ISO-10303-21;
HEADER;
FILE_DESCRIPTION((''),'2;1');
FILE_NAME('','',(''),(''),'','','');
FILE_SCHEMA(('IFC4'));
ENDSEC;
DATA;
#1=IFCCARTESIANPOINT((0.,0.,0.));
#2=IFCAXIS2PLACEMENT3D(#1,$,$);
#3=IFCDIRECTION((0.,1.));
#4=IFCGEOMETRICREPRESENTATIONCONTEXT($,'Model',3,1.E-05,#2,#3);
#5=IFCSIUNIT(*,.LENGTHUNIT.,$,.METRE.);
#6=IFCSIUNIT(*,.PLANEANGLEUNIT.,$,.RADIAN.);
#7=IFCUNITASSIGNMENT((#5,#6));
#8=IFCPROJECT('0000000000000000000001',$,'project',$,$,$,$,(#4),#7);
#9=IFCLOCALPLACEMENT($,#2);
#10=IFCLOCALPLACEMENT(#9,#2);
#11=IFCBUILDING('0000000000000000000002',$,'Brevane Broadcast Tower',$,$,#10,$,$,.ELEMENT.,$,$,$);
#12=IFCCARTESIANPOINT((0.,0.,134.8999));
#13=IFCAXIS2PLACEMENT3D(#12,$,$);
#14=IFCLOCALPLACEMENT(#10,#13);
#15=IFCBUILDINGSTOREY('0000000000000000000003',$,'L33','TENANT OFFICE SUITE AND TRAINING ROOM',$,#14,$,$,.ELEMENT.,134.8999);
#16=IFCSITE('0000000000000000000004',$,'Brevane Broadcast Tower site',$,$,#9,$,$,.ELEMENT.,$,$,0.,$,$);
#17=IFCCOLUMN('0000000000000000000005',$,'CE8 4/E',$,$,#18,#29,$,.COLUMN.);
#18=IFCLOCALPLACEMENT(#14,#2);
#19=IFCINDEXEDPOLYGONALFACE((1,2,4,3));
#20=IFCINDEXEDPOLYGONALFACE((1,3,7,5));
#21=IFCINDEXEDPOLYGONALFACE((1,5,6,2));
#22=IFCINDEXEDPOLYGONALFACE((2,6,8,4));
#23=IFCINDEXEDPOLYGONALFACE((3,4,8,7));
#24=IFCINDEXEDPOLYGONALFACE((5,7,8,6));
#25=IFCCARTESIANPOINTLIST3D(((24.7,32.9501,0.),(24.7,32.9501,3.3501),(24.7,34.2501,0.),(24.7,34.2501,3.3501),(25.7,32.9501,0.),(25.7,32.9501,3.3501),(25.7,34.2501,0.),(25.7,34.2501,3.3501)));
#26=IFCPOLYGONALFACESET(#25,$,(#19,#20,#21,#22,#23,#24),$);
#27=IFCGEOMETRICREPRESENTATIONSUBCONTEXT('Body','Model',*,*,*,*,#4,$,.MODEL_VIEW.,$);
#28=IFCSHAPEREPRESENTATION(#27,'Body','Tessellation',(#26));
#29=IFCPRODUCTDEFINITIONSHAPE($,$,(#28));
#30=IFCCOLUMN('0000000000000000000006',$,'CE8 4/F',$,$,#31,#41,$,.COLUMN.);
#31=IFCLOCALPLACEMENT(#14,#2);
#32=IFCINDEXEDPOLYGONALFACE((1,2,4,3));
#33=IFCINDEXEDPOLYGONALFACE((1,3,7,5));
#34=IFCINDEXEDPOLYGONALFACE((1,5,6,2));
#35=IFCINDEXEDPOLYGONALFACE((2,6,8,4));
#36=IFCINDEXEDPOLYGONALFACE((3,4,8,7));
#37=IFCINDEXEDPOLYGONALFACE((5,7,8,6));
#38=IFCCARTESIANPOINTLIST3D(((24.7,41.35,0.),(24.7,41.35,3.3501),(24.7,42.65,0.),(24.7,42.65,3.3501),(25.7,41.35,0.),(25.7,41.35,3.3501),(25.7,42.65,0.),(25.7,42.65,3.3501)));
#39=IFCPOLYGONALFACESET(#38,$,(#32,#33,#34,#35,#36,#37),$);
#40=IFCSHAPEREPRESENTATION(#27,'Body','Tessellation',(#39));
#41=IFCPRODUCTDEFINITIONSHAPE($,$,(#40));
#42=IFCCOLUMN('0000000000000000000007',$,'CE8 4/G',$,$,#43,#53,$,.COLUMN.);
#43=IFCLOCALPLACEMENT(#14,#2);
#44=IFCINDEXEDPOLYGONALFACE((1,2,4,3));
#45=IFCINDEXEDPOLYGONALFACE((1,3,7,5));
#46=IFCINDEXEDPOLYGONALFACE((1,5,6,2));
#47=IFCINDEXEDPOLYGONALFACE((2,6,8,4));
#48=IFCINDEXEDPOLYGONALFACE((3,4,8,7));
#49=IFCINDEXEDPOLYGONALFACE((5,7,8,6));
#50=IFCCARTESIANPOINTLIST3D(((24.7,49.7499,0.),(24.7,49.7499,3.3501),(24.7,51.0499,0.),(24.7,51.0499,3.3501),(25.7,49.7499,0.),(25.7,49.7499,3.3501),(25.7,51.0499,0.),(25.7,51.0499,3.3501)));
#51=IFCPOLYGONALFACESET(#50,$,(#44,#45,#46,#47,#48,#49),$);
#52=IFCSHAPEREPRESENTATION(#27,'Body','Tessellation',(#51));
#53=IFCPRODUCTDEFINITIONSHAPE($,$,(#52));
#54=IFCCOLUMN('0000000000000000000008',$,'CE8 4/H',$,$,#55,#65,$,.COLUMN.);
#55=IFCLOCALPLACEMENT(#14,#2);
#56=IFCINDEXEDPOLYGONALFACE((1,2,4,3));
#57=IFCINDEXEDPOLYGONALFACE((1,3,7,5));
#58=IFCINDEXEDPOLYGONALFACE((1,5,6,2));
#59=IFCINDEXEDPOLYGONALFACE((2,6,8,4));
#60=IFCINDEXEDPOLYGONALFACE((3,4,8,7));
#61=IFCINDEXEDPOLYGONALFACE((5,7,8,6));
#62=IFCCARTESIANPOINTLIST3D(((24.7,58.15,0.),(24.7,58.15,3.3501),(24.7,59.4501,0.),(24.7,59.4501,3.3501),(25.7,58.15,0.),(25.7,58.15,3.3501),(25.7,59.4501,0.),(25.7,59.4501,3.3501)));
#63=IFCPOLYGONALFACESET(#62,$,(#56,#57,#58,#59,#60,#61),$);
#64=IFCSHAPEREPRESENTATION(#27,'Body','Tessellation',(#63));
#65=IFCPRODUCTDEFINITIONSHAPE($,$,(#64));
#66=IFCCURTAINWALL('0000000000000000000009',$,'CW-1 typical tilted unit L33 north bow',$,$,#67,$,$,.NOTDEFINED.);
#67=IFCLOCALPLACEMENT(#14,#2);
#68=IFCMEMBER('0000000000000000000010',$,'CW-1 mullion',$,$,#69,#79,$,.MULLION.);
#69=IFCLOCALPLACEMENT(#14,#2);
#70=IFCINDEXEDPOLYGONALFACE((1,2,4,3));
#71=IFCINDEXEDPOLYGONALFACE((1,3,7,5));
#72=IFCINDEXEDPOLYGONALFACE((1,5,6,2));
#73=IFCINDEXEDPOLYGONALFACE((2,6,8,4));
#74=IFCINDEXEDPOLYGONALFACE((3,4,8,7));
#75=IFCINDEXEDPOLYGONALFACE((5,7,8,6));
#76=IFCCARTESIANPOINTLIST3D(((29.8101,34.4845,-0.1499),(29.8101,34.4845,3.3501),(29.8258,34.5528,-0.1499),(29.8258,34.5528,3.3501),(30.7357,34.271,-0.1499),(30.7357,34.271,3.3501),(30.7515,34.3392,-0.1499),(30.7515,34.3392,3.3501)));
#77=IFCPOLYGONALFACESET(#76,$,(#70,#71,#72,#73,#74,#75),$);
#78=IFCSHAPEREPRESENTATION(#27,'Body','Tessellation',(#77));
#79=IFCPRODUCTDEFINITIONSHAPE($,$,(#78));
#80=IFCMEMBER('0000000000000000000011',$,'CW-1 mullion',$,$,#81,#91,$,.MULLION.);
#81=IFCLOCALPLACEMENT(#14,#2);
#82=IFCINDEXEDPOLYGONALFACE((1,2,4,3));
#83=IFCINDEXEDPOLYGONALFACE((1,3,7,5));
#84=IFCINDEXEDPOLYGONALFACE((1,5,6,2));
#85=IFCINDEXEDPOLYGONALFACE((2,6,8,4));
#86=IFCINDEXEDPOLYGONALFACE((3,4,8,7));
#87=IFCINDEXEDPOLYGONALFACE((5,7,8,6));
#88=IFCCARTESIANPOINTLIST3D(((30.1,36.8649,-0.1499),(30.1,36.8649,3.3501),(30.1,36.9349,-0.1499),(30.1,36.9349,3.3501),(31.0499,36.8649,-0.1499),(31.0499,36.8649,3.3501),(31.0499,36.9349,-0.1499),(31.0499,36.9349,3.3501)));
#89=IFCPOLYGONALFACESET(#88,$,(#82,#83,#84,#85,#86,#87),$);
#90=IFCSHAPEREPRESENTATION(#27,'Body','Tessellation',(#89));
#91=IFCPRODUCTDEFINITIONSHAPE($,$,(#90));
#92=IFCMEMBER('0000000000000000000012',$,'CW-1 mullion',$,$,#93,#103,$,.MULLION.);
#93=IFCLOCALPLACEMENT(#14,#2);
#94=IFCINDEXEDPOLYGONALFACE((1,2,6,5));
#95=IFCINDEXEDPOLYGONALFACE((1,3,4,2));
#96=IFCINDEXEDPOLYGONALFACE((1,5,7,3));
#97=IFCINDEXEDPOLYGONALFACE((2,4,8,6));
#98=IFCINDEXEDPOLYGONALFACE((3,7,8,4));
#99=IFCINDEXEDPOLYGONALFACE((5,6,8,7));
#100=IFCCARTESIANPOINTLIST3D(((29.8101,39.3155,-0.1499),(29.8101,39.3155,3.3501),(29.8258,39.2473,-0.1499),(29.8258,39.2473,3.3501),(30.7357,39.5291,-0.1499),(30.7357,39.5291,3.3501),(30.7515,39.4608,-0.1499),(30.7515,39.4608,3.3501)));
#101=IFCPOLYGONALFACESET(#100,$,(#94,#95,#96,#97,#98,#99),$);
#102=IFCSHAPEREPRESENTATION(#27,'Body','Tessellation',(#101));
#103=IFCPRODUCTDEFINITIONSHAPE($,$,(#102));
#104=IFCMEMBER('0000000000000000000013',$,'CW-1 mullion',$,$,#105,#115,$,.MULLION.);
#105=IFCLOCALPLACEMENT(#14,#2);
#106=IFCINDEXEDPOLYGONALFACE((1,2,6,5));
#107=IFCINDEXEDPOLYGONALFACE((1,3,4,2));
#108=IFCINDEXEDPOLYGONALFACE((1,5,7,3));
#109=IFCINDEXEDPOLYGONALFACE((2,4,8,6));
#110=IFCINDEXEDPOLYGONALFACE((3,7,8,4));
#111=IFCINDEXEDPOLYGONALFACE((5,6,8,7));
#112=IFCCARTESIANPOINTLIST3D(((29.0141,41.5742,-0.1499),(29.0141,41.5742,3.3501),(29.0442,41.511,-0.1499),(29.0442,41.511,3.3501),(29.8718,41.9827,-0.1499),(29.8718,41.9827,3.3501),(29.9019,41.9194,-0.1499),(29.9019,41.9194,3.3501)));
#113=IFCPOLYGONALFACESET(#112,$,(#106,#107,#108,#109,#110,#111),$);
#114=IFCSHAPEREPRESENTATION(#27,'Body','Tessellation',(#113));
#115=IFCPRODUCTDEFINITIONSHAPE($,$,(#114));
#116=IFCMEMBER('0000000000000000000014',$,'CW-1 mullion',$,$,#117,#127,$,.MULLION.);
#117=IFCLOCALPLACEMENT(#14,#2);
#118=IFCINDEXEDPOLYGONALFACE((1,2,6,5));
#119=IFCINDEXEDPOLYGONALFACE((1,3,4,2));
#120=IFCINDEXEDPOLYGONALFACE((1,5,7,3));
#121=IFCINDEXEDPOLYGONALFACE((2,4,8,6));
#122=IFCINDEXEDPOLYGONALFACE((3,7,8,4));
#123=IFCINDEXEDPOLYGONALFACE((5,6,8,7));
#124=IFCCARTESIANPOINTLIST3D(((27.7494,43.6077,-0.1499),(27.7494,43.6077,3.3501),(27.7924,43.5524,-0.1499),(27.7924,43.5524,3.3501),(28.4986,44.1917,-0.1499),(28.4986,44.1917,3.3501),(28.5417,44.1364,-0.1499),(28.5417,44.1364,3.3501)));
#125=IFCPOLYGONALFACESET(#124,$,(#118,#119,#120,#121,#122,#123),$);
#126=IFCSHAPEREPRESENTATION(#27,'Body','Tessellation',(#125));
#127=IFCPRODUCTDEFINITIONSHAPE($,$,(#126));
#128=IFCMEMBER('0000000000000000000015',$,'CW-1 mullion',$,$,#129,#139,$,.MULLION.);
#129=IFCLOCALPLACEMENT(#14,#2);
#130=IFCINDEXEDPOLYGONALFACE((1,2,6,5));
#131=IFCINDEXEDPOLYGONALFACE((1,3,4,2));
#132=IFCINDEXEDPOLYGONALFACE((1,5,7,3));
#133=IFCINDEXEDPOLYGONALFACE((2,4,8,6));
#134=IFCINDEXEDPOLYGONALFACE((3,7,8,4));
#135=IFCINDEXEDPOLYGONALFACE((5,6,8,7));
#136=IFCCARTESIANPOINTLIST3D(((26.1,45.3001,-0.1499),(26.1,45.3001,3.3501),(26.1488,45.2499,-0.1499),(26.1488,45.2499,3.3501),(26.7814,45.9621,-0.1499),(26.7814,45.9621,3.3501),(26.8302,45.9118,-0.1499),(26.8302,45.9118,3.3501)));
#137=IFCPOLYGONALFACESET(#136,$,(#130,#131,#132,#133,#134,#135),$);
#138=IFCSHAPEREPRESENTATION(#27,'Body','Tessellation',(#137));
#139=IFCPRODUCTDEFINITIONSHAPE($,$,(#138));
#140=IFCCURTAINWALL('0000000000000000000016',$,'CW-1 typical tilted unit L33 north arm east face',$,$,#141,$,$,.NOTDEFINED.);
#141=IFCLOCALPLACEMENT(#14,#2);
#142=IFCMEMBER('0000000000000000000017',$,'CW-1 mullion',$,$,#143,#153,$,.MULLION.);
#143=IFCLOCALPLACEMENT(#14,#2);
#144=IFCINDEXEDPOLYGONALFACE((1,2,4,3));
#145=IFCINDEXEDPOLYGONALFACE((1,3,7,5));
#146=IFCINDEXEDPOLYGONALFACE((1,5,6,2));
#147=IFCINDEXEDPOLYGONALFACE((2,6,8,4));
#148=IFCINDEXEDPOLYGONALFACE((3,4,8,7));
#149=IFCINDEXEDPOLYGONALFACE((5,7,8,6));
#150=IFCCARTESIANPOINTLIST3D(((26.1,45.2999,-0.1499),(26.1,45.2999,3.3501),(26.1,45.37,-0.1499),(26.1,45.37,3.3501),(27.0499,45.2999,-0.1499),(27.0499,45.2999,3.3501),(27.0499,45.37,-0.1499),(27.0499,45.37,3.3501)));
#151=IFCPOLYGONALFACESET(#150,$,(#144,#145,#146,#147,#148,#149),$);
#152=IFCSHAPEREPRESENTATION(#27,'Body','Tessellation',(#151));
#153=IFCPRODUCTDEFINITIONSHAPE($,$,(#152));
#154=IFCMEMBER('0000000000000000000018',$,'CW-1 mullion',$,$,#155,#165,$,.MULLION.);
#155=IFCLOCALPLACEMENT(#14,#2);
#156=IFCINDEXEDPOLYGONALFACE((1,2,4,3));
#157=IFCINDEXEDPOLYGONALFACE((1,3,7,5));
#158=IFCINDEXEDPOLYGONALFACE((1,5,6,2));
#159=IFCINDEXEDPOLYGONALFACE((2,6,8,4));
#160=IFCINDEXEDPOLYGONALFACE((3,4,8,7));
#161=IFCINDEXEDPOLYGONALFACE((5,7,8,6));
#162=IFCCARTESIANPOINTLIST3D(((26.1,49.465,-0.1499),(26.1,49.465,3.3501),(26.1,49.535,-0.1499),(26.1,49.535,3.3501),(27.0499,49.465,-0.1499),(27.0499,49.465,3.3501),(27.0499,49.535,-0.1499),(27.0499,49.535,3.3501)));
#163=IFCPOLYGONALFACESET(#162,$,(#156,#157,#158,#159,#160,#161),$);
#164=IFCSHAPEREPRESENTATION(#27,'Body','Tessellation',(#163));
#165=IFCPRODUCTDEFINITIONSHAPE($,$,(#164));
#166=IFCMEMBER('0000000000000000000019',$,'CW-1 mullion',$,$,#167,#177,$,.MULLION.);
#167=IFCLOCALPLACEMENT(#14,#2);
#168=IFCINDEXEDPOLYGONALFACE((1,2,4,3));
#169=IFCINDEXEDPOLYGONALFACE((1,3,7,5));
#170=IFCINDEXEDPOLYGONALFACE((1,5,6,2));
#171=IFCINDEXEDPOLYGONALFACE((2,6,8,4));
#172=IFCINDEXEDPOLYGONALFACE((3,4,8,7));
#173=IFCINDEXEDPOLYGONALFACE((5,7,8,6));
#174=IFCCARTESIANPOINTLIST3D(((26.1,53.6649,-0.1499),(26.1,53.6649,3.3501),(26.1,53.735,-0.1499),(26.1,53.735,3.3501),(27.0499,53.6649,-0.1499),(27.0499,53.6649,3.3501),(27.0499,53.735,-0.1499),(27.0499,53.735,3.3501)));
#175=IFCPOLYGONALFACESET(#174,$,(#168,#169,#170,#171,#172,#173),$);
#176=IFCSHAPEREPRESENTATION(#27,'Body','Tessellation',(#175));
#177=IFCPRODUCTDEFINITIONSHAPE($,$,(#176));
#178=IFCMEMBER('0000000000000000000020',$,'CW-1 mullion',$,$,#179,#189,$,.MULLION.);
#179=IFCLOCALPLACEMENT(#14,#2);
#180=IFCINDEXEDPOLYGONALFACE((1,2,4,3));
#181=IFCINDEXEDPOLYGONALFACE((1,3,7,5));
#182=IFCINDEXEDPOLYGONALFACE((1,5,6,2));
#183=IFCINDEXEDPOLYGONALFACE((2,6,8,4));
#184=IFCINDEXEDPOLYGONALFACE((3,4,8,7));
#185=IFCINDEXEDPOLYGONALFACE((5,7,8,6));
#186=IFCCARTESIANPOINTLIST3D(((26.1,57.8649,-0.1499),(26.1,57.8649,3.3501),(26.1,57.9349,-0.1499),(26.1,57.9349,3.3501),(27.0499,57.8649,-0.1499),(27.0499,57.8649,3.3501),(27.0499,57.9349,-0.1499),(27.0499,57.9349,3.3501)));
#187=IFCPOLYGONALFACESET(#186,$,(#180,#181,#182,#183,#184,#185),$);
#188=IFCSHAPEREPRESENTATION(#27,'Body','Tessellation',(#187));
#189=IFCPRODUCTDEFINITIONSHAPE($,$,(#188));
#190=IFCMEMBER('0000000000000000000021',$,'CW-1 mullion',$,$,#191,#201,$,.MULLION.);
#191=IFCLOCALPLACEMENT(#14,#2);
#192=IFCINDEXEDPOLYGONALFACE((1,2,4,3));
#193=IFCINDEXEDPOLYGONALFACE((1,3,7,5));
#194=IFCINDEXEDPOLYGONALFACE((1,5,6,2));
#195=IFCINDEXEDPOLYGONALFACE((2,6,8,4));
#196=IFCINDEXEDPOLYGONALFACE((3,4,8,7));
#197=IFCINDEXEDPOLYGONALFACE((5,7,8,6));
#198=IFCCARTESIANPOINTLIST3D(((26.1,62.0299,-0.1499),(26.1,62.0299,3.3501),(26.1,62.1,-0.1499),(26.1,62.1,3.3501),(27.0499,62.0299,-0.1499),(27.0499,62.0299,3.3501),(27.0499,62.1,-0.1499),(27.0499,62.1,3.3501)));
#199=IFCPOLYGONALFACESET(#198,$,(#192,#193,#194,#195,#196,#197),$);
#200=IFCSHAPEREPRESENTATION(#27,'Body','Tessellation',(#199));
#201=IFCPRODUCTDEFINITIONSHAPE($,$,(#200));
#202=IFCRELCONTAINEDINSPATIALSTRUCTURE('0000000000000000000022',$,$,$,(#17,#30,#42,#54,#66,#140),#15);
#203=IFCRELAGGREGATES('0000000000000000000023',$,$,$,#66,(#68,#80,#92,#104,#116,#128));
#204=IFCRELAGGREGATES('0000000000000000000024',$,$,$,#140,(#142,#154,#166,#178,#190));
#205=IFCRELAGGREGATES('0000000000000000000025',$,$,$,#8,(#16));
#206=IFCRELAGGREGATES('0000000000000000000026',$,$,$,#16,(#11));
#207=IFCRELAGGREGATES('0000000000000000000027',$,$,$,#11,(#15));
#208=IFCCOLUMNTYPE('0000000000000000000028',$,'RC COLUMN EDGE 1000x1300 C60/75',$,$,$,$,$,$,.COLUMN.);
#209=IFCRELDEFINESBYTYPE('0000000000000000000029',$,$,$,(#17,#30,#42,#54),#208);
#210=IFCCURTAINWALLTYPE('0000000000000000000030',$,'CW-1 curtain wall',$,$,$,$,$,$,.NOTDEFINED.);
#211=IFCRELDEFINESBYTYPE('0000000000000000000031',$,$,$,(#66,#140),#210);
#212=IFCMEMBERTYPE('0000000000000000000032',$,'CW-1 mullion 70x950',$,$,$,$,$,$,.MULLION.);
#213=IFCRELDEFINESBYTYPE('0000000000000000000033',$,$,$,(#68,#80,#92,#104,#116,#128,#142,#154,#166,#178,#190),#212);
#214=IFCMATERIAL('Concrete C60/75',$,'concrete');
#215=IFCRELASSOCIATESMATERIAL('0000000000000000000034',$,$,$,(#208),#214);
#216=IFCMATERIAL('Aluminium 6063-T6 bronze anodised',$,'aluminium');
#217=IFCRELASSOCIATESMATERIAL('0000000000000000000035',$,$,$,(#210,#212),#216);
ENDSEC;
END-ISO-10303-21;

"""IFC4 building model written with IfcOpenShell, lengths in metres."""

from ifc_helpers import new_model, si_unit, direction, frame, origin, origin_2d, place, context, subcontext, project, spatial, rectangle, extrude, material, material_profile, profile_set, type_object, element, aggregate, save


model = new_model("IFC4")

# Units and contexts
model_context = context("Model", 3, precision=1e-05, world=origin(), true_north=direction((0.0, 1.0)))
body_context = subcontext(model_context, "Body", "Model", "MODEL_VIEW")
ifc_project = project(units=[si_unit("LENGTHUNIT", "METRE"), si_unit("PLANEANGLEUNIT", "RADIAN")], contexts=[model_context])

# Site, building, storey
site_placement = place(None, origin())
site = spatial("IfcSite", under=ifc_project, at=site_placement, Name="Brevane Broadcast Tower site", CompositionType="ELEMENT", RefElevation=0.0)
building_placement = place(site_placement, origin())
building = spatial("IfcBuilding", under=site, at=building_placement, Name="Brevane Broadcast Tower", CompositionType="ELEMENT")
storey_placement = place(building_placement, frame((0.0, 0.0, 134.8999)))
storey = spatial("IfcBuildingStorey", under=building, at=storey_placement, Name="L33", Description="TENANT OFFICE SUITE AND TRAINING ROOM", CompositionType="ELEMENT", Elevation=134.8999)

# Columns
ifc_material_1 = material(Name="Concrete C60/75", Category="concrete")
ifc_material_profile_1 = material_profile(ifc_material_1, rectangle(XDim=1.0, YDim=1.3, at=origin_2d()), Name="RC 1000x1300")
ifc_profile_set_1 = profile_set([ifc_material_profile_1], Name="Concrete C60/75")
column_type = type_object("IfcColumnType", Name="RC COLUMN EDGE 1000x1300 C60/75", PredefinedType="COLUMN", material=ifc_profile_set_1)
for number, where, z_axis, x_axis, name in (
    (1, (25.2, 33.6001, 0.0), (0.0, 0.0, 1.0), (1.0, 0.0, 0.0), "CE8 4/E"),
    (2, (25.2, 42.0, 0.0), (0.0, 0.0, 1.0), (1.0, 0.0, 0.0), "CE8 4/F"),
    (3, (25.2, 50.3999, 0.0), (0.0, 0.0, 1.0), (1.0, 0.0, 0.0), "CE8 4/G"),
    (4, (25.2, 58.8, 0.0), (0.0, 0.0, 1.0), (1.0, 0.0, 0.0), "CE8 4/H"),
):
    element("IfcColumn", number, at=place(storey_placement, frame(where, z_axis=z_axis, x_axis=x_axis)), inside=storey, type_object=column_type, Name=name, PredefinedType="COLUMN", context=body_context, shape_type="SweptSolid", body=[
        extrude(rectangle(XDim=1.0, YDim=1.3, at=origin_2d()), origin(), (0.0, 0.0, 1.0), 3.3501),
    ])

# Curtain walls, members
ifc_material_2 = material(Name="Aluminium 6063-T6 bronze anodised", Category="aluminium")
curtain_wall_type = type_object("IfcCurtainWallType", Name="CW-1 curtain wall", PredefinedType="NOTDEFINED", material=ifc_material_2)
curtain_wall_1_placement = place(storey_placement, origin())
curtain_wall_1 = element("IfcCurtainWall", 5, at=curtain_wall_1_placement, inside=storey, type_object=curtain_wall_type, Name="CW-1 typical tilted unit L33 north bow", PredefinedType="NOTDEFINED")
ifc_material_profile_2 = material_profile(ifc_material_2, rectangle(XDim=0.95, YDim=0.0701, at=origin_2d()), Name="RECT 70x950")
ifc_profile_set_2 = profile_set([ifc_material_profile_2], Name="Aluminium 6063-T6 bronze anodised")
member_type_1 = type_object("IfcMemberType", Name="CW-1 mullion 70x950", PredefinedType="MULLION", material=ifc_profile_set_2)
member_1_placement = place(storey_placement, frame((30.2808, 34.4119, -0.1499), z_axis=(0.0, 0.0, 1.0), x_axis=(-0.974403, 0.224806, 0.0)))
member_1 = element("IfcMember", 6, at=member_1_placement, type_object=member_type_1, Name="CW-1 mullion", PredefinedType="MULLION", context=body_context, shape_type="SweptSolid", body=[
    extrude(rectangle(XDim=0.95, YDim=0.0701, at=origin_2d()), origin(), (0.0, 0.0, 1.0), 3.5),
])
member_2_placement = place(storey_placement, frame((30.575, 36.8999, -0.1499), z_axis=(0.0, 0.0, 1.0), x_axis=(-1.0, 0.0, 0.0)))
member_2 = element("IfcMember", 7, at=member_2_placement, type_object=member_type_1, Name="CW-1 mullion", PredefinedType="MULLION", context=body_context, shape_type="SweptSolid", body=[
    extrude(rectangle(XDim=0.95, YDim=0.0701, at=origin_2d()), origin(), (0.0, 0.0, 1.0), 3.5),
])
member_3_placement = place(storey_placement, frame((30.2808, 39.3882, -0.1499), z_axis=(0.0, 0.0, 1.0), x_axis=(-0.974403, -0.224806, 0.0)))
member_3 = element("IfcMember", 8, at=member_3_placement, type_object=member_type_1, Name="CW-1 mullion", PredefinedType="MULLION", context=body_context, shape_type="SweptSolid", body=[
    extrude(rectangle(XDim=0.95, YDim=0.0701, at=origin_2d()), origin(), (0.0, 0.0, 1.0), 3.5),
])
member_4_placement = place(storey_placement, frame((29.458, 41.7468, -0.1499), z_axis=(0.0, 0.0, 1.0), x_axis=(-0.902861, -0.429934, 0.0)))
member_4 = element("IfcMember", 9, at=member_4_placement, type_object=member_type_1, Name="CW-1 mullion", PredefinedType="MULLION", context=body_context, shape_type="SweptSolid", body=[
    extrude(rectangle(XDim=0.95, YDim=0.0701, at=origin_2d()), origin(), (0.0, 0.0, 1.0), 3.5),
])
member_5_placement = place(storey_placement, frame((28.1455, 43.8721, -0.1499), z_axis=(0.0, 0.0, 1.0), x_axis=(-0.788707, -0.61477, 0.0)))
member_5 = element("IfcMember", 10, at=member_5_placement, type_object=member_type_1, Name="CW-1 mullion", PredefinedType="MULLION", context=body_context, shape_type="SweptSolid", body=[
    extrude(rectangle(XDim=0.95, YDim=0.0701, at=origin_2d()), origin(), (0.0, 0.0, 1.0), 3.5),
])
member_6_placement = place(storey_placement, frame((26.4651, 45.606, -0.1499), z_axis=(0.0, 0.0, 1.0), x_axis=(-0.717254, -0.696812, 0.0)))
member_6 = element("IfcMember", 11, at=member_6_placement, type_object=member_type_1, Name="CW-1 mullion", PredefinedType="MULLION", context=body_context, shape_type="SweptSolid", body=[
    extrude(rectangle(XDim=0.95, YDim=0.0701, at=origin_2d()), origin(), (0.0, 0.0, 1.0), 3.5),
])
curtain_wall_2_placement = place(storey_placement, origin())
curtain_wall_2 = element("IfcCurtainWall", 12, at=curtain_wall_2_placement, inside=storey, type_object=curtain_wall_type, Name="CW-1 typical tilted unit L33 north arm east face", PredefinedType="NOTDEFINED")
member_7_placement = place(storey_placement, frame((26.575, 45.335, -0.1499), z_axis=(0.0, 0.0, 1.0), x_axis=(-1.0, 0.0, 0.0)))
member_7 = element("IfcMember", 13, at=member_7_placement, type_object=member_type_1, Name="CW-1 mullion", PredefinedType="MULLION", context=body_context, shape_type="SweptSolid", body=[
    extrude(rectangle(XDim=0.95, YDim=0.0701, at=origin_2d()), origin(), (0.0, 0.0, 1.0), 3.5),
])
member_8_placement = place(storey_placement, frame((26.575, 49.5, -0.1499), z_axis=(0.0, 0.0, 1.0), x_axis=(-1.0, 0.0, 0.0)))
member_8 = element("IfcMember", 14, at=member_8_placement, type_object=member_type_1, Name="CW-1 mullion", PredefinedType="MULLION", context=body_context, shape_type="SweptSolid", body=[
    extrude(rectangle(XDim=0.95, YDim=0.0701, at=origin_2d()), origin(), (0.0, 0.0, 1.0), 3.5),
])
member_9_placement = place(storey_placement, frame((26.575, 53.7, -0.1499), z_axis=(0.0, 0.0, 1.0), x_axis=(-1.0, 0.0, 0.0)))
member_9 = element("IfcMember", 15, at=member_9_placement, type_object=member_type_1, Name="CW-1 mullion", PredefinedType="MULLION", context=body_context, shape_type="SweptSolid", body=[
    extrude(rectangle(XDim=0.95, YDim=0.0701, at=origin_2d()), origin(), (0.0, 0.0, 1.0), 3.5),
])
member_10_placement = place(storey_placement, frame((26.575, 57.8999, -0.1499), z_axis=(0.0, 0.0, 1.0), x_axis=(-1.0, 0.0, 0.0)))
member_10 = element("IfcMember", 16, at=member_10_placement, type_object=member_type_1, Name="CW-1 mullion", PredefinedType="MULLION", context=body_context, shape_type="SweptSolid", body=[
    extrude(rectangle(XDim=0.95, YDim=0.0701, at=origin_2d()), origin(), (0.0, 0.0, 1.0), 3.5),
])
member_11_placement = place(storey_placement, frame((26.575, 62.0649, -0.1499), z_axis=(0.0, 0.0, 1.0), x_axis=(-1.0, 0.0, 0.0)))
member_11 = element("IfcMember", 17, at=member_11_placement, type_object=member_type_1, Name="CW-1 mullion", PredefinedType="MULLION", context=body_context, shape_type="SweptSolid", body=[
    extrude(rectangle(XDim=0.95, YDim=0.0701, at=origin_2d()), origin(), (0.0, 0.0, 1.0), 3.5),
])

aggregate(curtain_wall_1, [member_1, member_2, member_3, member_4, member_5, member_6])
aggregate(curtain_wall_2, [member_7, member_8, member_9, member_10, member_11])

save(model, "model.ifc")
